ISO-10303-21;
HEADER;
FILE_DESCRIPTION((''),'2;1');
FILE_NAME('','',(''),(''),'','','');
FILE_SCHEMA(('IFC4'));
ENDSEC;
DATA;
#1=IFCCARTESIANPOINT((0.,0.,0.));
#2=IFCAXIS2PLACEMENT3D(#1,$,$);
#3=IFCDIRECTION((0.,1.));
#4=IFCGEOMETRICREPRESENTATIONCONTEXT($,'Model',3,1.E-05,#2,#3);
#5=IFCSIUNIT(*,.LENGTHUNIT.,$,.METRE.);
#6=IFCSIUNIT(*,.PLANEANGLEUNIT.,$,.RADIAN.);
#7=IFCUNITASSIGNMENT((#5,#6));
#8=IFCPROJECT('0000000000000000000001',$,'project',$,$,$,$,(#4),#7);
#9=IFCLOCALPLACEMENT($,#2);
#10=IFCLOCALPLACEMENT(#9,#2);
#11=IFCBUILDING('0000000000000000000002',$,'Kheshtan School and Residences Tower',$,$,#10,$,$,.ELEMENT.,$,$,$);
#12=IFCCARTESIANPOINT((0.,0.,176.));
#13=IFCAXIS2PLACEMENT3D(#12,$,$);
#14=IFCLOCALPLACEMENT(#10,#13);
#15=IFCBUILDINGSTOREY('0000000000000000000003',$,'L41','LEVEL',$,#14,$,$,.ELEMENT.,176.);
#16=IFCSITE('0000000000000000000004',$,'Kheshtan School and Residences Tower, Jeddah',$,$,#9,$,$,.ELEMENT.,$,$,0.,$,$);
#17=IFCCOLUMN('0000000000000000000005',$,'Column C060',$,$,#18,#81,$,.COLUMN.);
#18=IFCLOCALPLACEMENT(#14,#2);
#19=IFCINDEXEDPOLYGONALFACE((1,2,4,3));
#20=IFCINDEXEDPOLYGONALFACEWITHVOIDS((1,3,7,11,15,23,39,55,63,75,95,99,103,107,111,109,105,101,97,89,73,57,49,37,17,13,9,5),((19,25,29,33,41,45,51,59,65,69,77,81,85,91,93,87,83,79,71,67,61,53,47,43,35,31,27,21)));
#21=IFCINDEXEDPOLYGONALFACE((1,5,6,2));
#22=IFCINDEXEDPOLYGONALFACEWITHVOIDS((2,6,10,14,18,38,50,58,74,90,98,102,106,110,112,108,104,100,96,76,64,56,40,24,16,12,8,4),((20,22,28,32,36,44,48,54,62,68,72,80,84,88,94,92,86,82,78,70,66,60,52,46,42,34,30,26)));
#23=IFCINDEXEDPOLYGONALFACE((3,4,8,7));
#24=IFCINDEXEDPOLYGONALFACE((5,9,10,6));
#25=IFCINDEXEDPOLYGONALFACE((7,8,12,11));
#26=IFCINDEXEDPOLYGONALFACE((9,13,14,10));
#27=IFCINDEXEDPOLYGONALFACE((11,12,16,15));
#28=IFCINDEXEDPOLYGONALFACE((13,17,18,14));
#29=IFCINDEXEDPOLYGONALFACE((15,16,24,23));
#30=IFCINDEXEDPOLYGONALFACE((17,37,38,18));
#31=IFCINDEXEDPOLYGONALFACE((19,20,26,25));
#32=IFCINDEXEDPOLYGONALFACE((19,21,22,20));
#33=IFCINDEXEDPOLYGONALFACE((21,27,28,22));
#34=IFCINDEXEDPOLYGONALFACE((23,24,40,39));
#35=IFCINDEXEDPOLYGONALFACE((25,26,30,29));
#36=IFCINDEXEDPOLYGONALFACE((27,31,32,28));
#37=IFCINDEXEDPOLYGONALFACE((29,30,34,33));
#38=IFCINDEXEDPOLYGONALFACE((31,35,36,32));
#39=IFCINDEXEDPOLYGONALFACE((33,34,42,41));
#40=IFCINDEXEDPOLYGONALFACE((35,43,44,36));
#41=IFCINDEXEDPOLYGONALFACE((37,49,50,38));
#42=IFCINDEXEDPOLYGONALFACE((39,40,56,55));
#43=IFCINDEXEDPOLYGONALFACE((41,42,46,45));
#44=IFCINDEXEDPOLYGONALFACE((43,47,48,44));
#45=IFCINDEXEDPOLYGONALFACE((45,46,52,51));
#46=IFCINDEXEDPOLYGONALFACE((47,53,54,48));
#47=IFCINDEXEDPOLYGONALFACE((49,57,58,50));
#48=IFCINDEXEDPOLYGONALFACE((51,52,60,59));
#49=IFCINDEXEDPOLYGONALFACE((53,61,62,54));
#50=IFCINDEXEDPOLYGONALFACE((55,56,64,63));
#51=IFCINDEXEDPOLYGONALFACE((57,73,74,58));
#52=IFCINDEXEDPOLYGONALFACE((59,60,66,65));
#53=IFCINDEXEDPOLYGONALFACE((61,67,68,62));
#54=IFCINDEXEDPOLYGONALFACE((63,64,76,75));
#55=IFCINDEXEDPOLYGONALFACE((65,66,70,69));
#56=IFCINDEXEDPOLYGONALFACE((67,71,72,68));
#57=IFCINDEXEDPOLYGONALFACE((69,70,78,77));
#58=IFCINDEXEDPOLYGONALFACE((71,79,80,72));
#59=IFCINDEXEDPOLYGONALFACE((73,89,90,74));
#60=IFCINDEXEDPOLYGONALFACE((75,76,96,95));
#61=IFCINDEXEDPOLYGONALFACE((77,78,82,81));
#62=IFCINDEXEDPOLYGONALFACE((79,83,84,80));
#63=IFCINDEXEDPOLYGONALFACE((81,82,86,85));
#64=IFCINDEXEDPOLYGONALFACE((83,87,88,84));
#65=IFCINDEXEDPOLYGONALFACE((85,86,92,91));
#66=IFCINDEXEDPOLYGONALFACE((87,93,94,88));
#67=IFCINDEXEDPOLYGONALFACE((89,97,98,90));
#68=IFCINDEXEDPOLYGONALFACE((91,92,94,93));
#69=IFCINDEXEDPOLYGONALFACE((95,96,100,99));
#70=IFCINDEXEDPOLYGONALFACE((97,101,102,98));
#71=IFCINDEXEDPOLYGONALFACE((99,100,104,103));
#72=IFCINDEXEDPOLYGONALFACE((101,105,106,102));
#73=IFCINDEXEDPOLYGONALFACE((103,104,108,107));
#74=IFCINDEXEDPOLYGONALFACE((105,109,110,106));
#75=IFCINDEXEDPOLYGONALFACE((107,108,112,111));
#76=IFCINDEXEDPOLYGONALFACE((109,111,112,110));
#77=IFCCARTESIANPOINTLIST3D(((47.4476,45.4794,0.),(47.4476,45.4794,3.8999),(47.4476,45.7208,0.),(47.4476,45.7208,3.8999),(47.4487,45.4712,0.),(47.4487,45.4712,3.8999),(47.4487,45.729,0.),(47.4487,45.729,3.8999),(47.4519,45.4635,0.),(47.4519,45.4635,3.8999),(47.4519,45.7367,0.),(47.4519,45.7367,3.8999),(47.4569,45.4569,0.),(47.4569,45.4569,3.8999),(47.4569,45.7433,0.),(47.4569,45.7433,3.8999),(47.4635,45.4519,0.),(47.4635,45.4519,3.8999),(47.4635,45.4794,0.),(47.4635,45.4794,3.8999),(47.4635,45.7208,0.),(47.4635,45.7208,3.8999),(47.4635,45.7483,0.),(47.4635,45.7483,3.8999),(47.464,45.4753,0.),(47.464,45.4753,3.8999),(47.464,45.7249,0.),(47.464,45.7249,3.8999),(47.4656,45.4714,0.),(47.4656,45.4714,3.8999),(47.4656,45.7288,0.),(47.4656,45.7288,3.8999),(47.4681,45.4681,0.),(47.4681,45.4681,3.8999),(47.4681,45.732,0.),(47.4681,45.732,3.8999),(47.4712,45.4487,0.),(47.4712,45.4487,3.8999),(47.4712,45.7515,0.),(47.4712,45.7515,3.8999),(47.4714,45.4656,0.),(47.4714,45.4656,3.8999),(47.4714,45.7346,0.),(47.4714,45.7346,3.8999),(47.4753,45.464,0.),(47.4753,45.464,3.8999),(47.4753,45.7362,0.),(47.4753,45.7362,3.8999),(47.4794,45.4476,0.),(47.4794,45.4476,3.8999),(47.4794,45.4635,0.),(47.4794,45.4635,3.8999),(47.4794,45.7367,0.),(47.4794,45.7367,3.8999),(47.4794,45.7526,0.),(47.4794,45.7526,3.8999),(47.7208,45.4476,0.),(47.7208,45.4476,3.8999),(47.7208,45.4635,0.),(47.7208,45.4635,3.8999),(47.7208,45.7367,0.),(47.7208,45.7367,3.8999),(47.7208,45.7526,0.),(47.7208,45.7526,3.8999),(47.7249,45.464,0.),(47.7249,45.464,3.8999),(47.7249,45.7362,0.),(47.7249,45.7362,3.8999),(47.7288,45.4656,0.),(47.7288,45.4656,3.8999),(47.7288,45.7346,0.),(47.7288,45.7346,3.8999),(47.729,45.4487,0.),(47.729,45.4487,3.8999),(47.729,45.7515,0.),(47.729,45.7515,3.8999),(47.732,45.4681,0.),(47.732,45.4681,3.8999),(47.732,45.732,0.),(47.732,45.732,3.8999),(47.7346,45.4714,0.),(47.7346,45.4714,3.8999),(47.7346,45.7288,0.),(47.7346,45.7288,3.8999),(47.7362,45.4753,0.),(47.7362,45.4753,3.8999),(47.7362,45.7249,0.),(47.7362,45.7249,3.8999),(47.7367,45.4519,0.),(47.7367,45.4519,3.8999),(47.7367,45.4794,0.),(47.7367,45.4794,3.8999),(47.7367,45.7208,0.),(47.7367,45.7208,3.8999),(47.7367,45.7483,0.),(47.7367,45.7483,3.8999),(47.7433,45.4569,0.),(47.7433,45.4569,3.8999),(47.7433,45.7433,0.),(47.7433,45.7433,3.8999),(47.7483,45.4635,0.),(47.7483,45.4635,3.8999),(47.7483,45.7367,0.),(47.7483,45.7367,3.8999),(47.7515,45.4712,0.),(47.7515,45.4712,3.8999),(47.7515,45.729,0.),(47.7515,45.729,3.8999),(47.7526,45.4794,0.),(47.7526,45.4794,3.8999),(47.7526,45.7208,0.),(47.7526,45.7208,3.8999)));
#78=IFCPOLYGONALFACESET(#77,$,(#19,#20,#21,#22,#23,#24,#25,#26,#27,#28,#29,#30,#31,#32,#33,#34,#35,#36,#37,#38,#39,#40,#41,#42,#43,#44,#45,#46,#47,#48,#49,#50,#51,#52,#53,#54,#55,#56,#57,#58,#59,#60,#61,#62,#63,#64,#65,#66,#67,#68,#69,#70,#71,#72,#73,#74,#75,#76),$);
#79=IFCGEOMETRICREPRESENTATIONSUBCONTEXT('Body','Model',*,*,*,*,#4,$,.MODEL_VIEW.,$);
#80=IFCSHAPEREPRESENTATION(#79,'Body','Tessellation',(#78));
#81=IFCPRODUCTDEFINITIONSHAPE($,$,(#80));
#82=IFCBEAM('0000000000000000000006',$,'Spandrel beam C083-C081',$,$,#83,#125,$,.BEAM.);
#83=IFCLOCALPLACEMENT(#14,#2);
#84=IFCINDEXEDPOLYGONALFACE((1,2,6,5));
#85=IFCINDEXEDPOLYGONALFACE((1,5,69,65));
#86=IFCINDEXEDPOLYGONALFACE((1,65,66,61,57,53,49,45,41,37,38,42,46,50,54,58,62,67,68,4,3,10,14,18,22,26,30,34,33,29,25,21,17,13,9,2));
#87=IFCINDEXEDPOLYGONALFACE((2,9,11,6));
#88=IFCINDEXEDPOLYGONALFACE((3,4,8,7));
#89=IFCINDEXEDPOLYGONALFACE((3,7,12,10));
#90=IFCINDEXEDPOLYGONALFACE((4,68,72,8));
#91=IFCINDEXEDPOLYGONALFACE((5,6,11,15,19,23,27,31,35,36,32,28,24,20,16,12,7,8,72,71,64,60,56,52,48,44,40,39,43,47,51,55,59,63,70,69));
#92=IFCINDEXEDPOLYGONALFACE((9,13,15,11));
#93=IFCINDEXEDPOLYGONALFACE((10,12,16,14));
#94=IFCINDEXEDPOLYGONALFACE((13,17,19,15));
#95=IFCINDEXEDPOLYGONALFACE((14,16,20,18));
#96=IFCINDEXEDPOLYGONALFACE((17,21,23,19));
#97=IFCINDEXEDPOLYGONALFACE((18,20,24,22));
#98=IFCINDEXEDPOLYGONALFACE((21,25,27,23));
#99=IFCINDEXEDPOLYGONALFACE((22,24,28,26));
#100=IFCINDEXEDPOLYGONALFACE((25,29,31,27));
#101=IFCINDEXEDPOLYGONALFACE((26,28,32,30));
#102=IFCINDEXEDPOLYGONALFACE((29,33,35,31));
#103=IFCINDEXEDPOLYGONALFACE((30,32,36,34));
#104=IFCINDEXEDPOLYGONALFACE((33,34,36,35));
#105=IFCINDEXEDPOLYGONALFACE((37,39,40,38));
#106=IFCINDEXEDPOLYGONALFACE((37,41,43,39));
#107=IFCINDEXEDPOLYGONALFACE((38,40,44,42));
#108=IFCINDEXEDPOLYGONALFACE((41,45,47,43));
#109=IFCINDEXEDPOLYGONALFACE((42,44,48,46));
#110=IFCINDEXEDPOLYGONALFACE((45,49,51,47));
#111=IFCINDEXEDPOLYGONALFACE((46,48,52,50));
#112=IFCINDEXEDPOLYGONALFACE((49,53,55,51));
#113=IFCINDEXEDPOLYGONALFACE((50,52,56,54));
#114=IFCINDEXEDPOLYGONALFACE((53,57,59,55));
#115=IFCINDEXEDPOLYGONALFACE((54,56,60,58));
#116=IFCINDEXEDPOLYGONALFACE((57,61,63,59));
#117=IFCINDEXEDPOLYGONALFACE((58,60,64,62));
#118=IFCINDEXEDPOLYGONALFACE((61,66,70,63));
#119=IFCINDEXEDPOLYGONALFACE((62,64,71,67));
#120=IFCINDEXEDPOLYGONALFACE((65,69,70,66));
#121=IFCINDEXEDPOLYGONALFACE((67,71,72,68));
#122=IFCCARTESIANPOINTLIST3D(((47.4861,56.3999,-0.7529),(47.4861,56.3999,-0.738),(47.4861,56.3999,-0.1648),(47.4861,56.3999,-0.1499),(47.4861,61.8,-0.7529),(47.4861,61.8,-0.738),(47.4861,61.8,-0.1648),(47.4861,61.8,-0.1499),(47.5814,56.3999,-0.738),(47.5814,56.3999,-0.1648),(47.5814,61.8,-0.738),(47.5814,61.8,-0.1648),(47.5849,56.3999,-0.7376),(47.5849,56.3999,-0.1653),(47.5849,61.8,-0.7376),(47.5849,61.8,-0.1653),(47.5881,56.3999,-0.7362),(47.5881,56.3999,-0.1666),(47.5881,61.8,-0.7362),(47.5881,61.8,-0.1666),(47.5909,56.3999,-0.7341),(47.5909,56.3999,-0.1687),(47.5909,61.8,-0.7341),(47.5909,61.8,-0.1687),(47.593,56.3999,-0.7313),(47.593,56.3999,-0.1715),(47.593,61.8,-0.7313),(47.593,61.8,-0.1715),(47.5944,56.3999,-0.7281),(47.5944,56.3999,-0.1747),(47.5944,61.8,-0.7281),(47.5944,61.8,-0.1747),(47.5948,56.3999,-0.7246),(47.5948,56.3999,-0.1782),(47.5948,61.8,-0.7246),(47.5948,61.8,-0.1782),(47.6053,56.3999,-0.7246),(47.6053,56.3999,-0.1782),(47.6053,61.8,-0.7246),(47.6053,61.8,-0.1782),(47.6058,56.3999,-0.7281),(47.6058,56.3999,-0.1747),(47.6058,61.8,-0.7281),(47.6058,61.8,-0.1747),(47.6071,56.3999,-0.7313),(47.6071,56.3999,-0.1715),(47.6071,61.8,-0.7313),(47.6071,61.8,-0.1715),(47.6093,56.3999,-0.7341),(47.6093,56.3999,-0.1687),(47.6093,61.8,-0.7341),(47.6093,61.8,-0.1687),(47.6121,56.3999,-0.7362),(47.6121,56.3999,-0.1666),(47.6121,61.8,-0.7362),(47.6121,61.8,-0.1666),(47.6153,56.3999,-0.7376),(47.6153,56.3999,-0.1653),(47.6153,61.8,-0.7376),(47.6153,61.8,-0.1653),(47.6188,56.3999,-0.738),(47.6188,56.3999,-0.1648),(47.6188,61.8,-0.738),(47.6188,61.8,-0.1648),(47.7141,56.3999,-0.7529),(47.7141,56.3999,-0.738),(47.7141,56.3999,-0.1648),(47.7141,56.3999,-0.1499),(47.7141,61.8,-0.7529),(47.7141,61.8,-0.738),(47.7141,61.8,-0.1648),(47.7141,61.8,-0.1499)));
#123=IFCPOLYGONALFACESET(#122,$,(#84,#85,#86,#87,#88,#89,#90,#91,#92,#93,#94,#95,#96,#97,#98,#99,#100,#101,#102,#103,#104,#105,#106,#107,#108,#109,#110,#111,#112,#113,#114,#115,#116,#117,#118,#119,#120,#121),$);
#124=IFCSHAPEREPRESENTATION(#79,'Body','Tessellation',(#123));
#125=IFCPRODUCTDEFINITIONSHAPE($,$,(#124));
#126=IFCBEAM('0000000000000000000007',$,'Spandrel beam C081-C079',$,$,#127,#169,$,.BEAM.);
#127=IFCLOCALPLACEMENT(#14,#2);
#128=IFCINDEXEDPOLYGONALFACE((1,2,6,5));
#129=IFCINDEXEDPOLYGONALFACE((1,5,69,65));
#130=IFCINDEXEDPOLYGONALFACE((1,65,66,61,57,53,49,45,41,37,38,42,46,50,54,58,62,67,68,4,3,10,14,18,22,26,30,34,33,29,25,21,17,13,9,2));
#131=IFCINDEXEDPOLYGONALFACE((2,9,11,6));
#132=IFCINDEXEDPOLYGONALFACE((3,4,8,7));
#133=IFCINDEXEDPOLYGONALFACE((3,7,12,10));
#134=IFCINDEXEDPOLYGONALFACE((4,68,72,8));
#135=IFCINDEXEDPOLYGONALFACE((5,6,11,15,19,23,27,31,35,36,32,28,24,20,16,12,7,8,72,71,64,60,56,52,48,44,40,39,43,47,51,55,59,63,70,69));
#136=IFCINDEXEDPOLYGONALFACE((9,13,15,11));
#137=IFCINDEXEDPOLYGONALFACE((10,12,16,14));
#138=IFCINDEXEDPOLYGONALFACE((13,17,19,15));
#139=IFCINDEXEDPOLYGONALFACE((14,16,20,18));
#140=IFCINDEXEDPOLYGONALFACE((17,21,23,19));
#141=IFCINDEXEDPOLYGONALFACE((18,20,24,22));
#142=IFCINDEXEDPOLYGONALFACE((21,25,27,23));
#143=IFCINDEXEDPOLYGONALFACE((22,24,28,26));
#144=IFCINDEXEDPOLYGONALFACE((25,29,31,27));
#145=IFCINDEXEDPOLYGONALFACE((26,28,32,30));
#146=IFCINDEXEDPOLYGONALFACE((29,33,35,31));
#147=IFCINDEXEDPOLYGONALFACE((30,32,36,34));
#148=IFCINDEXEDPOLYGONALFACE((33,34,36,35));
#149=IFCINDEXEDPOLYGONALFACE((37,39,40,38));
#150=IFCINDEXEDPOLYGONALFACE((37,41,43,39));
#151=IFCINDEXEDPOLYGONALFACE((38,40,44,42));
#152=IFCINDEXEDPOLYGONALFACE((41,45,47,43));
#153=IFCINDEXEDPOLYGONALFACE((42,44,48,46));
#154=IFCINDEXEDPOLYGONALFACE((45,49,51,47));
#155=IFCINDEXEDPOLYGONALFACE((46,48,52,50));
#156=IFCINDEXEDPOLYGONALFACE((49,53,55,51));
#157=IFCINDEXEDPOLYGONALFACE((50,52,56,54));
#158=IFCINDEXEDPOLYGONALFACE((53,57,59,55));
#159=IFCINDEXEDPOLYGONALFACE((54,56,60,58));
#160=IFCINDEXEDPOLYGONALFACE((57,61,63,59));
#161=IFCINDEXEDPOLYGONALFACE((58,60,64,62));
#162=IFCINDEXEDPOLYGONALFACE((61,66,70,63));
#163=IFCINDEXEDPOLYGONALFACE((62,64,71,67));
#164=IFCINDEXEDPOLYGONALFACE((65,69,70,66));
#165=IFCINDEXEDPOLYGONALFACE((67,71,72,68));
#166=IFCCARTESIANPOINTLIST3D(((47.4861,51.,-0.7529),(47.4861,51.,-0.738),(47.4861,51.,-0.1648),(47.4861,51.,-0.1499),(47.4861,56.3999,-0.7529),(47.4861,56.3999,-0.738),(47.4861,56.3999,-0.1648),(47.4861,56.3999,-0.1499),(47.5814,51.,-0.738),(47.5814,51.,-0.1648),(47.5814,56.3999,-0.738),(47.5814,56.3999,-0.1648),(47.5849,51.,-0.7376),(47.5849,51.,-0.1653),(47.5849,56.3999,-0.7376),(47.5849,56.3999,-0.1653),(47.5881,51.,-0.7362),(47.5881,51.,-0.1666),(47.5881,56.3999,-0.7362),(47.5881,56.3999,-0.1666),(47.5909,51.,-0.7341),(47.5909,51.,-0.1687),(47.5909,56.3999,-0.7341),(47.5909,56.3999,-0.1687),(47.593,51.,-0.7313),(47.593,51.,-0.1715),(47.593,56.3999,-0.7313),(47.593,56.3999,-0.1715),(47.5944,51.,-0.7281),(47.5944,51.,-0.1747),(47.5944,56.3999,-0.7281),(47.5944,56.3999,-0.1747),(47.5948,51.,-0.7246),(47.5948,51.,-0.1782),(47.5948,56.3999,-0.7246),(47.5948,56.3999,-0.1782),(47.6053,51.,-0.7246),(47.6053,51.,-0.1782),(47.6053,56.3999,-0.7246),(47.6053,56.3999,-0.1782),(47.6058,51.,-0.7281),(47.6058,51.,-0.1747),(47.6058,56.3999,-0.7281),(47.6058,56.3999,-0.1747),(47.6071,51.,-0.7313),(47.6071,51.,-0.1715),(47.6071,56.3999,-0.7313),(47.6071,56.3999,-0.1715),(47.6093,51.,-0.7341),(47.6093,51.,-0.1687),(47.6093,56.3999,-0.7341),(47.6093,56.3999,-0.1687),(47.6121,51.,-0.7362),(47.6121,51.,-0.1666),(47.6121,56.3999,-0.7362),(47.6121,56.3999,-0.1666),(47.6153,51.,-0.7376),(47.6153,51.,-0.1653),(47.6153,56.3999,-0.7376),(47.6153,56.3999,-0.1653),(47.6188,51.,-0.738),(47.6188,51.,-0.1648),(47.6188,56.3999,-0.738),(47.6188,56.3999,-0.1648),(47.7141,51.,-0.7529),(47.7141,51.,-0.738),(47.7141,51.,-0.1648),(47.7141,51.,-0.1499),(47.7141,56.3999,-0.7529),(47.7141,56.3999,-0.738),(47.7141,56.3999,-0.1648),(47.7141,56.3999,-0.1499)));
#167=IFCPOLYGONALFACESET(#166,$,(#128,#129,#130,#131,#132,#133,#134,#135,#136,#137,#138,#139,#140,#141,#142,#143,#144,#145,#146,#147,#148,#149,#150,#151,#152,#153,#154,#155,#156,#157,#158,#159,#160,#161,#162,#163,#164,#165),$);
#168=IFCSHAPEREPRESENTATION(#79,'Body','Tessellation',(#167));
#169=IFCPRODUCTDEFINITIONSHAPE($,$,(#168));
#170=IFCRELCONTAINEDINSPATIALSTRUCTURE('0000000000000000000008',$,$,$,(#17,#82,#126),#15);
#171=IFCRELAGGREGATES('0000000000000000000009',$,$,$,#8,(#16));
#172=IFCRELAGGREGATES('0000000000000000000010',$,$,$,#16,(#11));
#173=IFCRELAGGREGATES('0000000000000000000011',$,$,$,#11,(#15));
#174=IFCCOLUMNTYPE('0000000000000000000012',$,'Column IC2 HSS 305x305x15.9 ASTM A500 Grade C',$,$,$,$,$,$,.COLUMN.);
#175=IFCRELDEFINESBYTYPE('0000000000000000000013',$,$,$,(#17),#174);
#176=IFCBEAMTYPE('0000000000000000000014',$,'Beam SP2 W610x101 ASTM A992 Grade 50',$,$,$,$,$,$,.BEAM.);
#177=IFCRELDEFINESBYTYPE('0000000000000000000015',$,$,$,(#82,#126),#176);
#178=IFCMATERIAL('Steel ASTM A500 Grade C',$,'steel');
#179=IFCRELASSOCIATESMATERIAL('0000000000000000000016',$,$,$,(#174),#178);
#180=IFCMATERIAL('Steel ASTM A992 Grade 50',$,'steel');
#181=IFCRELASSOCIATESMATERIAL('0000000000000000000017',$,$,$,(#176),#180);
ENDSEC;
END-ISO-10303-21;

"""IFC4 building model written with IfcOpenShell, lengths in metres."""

from ifc_helpers import new_model, si_unit, direction, frame, origin, origin_2d, place, context, subcontext, project, spatial, hollow_rectangle, i_section, extrude, material, material_profile, profile_set, type_object, element, save


model = new_model("IFC4")

# Units and contexts
model_context = context("Model", 3, precision=1e-05, world=origin(), true_north=direction((0.0, 1.0)))
body_context = subcontext(model_context, "Body", "Model", "MODEL_VIEW")
ifc_project = project(units=[si_unit("LENGTHUNIT", "METRE"), si_unit("PLANEANGLEUNIT", "RADIAN")], contexts=[model_context])

# Site, building, storey
site_placement = place(None, origin())
site = spatial("IfcSite", under=ifc_project, at=site_placement, Name="Kheshtan School and Residences Tower, Jeddah", CompositionType="ELEMENT", RefElevation=0.0)
building_placement = place(site_placement, origin())
building = spatial("IfcBuilding", under=site, at=building_placement, Name="Kheshtan School and Residences Tower", CompositionType="ELEMENT")
storey_placement = place(building_placement, frame((0.0, 0.0, 176.0)))
storey = spatial("IfcBuildingStorey", under=building, at=storey_placement, Name="L41", Description="LEVEL", CompositionType="ELEMENT", Elevation=176.0)

# Column
ifc_material_1 = material(Name="Steel ASTM A992 Grade 50", Category="steel")
ifc_material_2 = material(Name="Steel ASTM A500 Grade C", Category="steel")
ifc_material_profile_1 = material_profile(ifc_material_2, hollow_rectangle(XDim=0.3049, YDim=0.3049, WallThickness=0.0159, InnerFilletRadius=0.0159, OuterFilletRadius=0.0317, at=origin_2d()), Name="HSS 305x305x15.9")
ifc_profile_set_1 = profile_set([ifc_material_profile_1], Name="Steel ASTM A500 Grade C")
column_type_1 = type_object("IfcColumnType", Name="Column IC2 HSS 305x305x15.9 ASTM A500 Grade C", PredefinedType="COLUMN", material=ifc_profile_set_1)
column_placement = place(storey_placement, frame((47.6001, 45.6001, 0.0), z_axis=(0.0, 0.0, 1.0), x_axis=(1.0, 0.0, 0.0)))
element("IfcColumn", 1, at=column_placement, inside=storey, type_object=column_type_1, Name="Column C060", PredefinedType="COLUMN", context=body_context, shape_type="SweptSolid", body=[
    extrude(hollow_rectangle(XDim=0.3049, YDim=0.3049, WallThickness=0.0159, InnerFilletRadius=0.0159, OuterFilletRadius=0.0317, at=origin_2d()), origin(), (0.0, 0.0, 1.0), 3.8999),
])

# Beams
ifc_material_profile_2 = material_profile(ifc_material_1, i_section(OverallWidth=0.228, OverallDepth=0.603, WebThickness=0.0105, FlangeThickness=0.0149, FilletRadius=0.0134, at=origin_2d()), Name="W610x101")
ifc_profile_set_2 = profile_set([ifc_material_profile_2], Name="Steel ASTM A992 Grade 50")
beam_type = type_object("IfcBeamType", Name="Beam SP2 W610x101 ASTM A992 Grade 50", PredefinedType="BEAM", material=ifc_profile_set_2)
beam_1_placement = place(storey_placement, frame((47.6001, 61.8, -0.4514), z_axis=(0.0, -1.0, 0.0), x_axis=(1.0, 0.0, 0.0)))
element("IfcBeam", 2, at=beam_1_placement, inside=storey, type_object=beam_type, Name="Spandrel beam C083-C081", PredefinedType="BEAM", context=body_context, shape_type="SweptSolid", body=[
    extrude(i_section(OverallWidth=0.228, OverallDepth=0.603, WebThickness=0.0105, FlangeThickness=0.0149, FilletRadius=0.0134, at=origin_2d()), origin(), (0.0, 0.0, 1.0), 5.4001),
])
beam_2_placement = place(storey_placement, frame((47.6001, 56.3999, -0.4514), z_axis=(0.0, -1.0, 0.0), x_axis=(1.0, 0.0, 0.0)))
element("IfcBeam", 3, at=beam_2_placement, inside=storey, type_object=beam_type, Name="Spandrel beam C081-C079", PredefinedType="BEAM", context=body_context, shape_type="SweptSolid", body=[
    extrude(i_section(OverallWidth=0.228, OverallDepth=0.603, WebThickness=0.0105, FlangeThickness=0.0149, FilletRadius=0.0134, at=origin_2d()), origin(), (0.0, 0.0, 1.0), 5.3999),
])

save(model, "model.ifc")
